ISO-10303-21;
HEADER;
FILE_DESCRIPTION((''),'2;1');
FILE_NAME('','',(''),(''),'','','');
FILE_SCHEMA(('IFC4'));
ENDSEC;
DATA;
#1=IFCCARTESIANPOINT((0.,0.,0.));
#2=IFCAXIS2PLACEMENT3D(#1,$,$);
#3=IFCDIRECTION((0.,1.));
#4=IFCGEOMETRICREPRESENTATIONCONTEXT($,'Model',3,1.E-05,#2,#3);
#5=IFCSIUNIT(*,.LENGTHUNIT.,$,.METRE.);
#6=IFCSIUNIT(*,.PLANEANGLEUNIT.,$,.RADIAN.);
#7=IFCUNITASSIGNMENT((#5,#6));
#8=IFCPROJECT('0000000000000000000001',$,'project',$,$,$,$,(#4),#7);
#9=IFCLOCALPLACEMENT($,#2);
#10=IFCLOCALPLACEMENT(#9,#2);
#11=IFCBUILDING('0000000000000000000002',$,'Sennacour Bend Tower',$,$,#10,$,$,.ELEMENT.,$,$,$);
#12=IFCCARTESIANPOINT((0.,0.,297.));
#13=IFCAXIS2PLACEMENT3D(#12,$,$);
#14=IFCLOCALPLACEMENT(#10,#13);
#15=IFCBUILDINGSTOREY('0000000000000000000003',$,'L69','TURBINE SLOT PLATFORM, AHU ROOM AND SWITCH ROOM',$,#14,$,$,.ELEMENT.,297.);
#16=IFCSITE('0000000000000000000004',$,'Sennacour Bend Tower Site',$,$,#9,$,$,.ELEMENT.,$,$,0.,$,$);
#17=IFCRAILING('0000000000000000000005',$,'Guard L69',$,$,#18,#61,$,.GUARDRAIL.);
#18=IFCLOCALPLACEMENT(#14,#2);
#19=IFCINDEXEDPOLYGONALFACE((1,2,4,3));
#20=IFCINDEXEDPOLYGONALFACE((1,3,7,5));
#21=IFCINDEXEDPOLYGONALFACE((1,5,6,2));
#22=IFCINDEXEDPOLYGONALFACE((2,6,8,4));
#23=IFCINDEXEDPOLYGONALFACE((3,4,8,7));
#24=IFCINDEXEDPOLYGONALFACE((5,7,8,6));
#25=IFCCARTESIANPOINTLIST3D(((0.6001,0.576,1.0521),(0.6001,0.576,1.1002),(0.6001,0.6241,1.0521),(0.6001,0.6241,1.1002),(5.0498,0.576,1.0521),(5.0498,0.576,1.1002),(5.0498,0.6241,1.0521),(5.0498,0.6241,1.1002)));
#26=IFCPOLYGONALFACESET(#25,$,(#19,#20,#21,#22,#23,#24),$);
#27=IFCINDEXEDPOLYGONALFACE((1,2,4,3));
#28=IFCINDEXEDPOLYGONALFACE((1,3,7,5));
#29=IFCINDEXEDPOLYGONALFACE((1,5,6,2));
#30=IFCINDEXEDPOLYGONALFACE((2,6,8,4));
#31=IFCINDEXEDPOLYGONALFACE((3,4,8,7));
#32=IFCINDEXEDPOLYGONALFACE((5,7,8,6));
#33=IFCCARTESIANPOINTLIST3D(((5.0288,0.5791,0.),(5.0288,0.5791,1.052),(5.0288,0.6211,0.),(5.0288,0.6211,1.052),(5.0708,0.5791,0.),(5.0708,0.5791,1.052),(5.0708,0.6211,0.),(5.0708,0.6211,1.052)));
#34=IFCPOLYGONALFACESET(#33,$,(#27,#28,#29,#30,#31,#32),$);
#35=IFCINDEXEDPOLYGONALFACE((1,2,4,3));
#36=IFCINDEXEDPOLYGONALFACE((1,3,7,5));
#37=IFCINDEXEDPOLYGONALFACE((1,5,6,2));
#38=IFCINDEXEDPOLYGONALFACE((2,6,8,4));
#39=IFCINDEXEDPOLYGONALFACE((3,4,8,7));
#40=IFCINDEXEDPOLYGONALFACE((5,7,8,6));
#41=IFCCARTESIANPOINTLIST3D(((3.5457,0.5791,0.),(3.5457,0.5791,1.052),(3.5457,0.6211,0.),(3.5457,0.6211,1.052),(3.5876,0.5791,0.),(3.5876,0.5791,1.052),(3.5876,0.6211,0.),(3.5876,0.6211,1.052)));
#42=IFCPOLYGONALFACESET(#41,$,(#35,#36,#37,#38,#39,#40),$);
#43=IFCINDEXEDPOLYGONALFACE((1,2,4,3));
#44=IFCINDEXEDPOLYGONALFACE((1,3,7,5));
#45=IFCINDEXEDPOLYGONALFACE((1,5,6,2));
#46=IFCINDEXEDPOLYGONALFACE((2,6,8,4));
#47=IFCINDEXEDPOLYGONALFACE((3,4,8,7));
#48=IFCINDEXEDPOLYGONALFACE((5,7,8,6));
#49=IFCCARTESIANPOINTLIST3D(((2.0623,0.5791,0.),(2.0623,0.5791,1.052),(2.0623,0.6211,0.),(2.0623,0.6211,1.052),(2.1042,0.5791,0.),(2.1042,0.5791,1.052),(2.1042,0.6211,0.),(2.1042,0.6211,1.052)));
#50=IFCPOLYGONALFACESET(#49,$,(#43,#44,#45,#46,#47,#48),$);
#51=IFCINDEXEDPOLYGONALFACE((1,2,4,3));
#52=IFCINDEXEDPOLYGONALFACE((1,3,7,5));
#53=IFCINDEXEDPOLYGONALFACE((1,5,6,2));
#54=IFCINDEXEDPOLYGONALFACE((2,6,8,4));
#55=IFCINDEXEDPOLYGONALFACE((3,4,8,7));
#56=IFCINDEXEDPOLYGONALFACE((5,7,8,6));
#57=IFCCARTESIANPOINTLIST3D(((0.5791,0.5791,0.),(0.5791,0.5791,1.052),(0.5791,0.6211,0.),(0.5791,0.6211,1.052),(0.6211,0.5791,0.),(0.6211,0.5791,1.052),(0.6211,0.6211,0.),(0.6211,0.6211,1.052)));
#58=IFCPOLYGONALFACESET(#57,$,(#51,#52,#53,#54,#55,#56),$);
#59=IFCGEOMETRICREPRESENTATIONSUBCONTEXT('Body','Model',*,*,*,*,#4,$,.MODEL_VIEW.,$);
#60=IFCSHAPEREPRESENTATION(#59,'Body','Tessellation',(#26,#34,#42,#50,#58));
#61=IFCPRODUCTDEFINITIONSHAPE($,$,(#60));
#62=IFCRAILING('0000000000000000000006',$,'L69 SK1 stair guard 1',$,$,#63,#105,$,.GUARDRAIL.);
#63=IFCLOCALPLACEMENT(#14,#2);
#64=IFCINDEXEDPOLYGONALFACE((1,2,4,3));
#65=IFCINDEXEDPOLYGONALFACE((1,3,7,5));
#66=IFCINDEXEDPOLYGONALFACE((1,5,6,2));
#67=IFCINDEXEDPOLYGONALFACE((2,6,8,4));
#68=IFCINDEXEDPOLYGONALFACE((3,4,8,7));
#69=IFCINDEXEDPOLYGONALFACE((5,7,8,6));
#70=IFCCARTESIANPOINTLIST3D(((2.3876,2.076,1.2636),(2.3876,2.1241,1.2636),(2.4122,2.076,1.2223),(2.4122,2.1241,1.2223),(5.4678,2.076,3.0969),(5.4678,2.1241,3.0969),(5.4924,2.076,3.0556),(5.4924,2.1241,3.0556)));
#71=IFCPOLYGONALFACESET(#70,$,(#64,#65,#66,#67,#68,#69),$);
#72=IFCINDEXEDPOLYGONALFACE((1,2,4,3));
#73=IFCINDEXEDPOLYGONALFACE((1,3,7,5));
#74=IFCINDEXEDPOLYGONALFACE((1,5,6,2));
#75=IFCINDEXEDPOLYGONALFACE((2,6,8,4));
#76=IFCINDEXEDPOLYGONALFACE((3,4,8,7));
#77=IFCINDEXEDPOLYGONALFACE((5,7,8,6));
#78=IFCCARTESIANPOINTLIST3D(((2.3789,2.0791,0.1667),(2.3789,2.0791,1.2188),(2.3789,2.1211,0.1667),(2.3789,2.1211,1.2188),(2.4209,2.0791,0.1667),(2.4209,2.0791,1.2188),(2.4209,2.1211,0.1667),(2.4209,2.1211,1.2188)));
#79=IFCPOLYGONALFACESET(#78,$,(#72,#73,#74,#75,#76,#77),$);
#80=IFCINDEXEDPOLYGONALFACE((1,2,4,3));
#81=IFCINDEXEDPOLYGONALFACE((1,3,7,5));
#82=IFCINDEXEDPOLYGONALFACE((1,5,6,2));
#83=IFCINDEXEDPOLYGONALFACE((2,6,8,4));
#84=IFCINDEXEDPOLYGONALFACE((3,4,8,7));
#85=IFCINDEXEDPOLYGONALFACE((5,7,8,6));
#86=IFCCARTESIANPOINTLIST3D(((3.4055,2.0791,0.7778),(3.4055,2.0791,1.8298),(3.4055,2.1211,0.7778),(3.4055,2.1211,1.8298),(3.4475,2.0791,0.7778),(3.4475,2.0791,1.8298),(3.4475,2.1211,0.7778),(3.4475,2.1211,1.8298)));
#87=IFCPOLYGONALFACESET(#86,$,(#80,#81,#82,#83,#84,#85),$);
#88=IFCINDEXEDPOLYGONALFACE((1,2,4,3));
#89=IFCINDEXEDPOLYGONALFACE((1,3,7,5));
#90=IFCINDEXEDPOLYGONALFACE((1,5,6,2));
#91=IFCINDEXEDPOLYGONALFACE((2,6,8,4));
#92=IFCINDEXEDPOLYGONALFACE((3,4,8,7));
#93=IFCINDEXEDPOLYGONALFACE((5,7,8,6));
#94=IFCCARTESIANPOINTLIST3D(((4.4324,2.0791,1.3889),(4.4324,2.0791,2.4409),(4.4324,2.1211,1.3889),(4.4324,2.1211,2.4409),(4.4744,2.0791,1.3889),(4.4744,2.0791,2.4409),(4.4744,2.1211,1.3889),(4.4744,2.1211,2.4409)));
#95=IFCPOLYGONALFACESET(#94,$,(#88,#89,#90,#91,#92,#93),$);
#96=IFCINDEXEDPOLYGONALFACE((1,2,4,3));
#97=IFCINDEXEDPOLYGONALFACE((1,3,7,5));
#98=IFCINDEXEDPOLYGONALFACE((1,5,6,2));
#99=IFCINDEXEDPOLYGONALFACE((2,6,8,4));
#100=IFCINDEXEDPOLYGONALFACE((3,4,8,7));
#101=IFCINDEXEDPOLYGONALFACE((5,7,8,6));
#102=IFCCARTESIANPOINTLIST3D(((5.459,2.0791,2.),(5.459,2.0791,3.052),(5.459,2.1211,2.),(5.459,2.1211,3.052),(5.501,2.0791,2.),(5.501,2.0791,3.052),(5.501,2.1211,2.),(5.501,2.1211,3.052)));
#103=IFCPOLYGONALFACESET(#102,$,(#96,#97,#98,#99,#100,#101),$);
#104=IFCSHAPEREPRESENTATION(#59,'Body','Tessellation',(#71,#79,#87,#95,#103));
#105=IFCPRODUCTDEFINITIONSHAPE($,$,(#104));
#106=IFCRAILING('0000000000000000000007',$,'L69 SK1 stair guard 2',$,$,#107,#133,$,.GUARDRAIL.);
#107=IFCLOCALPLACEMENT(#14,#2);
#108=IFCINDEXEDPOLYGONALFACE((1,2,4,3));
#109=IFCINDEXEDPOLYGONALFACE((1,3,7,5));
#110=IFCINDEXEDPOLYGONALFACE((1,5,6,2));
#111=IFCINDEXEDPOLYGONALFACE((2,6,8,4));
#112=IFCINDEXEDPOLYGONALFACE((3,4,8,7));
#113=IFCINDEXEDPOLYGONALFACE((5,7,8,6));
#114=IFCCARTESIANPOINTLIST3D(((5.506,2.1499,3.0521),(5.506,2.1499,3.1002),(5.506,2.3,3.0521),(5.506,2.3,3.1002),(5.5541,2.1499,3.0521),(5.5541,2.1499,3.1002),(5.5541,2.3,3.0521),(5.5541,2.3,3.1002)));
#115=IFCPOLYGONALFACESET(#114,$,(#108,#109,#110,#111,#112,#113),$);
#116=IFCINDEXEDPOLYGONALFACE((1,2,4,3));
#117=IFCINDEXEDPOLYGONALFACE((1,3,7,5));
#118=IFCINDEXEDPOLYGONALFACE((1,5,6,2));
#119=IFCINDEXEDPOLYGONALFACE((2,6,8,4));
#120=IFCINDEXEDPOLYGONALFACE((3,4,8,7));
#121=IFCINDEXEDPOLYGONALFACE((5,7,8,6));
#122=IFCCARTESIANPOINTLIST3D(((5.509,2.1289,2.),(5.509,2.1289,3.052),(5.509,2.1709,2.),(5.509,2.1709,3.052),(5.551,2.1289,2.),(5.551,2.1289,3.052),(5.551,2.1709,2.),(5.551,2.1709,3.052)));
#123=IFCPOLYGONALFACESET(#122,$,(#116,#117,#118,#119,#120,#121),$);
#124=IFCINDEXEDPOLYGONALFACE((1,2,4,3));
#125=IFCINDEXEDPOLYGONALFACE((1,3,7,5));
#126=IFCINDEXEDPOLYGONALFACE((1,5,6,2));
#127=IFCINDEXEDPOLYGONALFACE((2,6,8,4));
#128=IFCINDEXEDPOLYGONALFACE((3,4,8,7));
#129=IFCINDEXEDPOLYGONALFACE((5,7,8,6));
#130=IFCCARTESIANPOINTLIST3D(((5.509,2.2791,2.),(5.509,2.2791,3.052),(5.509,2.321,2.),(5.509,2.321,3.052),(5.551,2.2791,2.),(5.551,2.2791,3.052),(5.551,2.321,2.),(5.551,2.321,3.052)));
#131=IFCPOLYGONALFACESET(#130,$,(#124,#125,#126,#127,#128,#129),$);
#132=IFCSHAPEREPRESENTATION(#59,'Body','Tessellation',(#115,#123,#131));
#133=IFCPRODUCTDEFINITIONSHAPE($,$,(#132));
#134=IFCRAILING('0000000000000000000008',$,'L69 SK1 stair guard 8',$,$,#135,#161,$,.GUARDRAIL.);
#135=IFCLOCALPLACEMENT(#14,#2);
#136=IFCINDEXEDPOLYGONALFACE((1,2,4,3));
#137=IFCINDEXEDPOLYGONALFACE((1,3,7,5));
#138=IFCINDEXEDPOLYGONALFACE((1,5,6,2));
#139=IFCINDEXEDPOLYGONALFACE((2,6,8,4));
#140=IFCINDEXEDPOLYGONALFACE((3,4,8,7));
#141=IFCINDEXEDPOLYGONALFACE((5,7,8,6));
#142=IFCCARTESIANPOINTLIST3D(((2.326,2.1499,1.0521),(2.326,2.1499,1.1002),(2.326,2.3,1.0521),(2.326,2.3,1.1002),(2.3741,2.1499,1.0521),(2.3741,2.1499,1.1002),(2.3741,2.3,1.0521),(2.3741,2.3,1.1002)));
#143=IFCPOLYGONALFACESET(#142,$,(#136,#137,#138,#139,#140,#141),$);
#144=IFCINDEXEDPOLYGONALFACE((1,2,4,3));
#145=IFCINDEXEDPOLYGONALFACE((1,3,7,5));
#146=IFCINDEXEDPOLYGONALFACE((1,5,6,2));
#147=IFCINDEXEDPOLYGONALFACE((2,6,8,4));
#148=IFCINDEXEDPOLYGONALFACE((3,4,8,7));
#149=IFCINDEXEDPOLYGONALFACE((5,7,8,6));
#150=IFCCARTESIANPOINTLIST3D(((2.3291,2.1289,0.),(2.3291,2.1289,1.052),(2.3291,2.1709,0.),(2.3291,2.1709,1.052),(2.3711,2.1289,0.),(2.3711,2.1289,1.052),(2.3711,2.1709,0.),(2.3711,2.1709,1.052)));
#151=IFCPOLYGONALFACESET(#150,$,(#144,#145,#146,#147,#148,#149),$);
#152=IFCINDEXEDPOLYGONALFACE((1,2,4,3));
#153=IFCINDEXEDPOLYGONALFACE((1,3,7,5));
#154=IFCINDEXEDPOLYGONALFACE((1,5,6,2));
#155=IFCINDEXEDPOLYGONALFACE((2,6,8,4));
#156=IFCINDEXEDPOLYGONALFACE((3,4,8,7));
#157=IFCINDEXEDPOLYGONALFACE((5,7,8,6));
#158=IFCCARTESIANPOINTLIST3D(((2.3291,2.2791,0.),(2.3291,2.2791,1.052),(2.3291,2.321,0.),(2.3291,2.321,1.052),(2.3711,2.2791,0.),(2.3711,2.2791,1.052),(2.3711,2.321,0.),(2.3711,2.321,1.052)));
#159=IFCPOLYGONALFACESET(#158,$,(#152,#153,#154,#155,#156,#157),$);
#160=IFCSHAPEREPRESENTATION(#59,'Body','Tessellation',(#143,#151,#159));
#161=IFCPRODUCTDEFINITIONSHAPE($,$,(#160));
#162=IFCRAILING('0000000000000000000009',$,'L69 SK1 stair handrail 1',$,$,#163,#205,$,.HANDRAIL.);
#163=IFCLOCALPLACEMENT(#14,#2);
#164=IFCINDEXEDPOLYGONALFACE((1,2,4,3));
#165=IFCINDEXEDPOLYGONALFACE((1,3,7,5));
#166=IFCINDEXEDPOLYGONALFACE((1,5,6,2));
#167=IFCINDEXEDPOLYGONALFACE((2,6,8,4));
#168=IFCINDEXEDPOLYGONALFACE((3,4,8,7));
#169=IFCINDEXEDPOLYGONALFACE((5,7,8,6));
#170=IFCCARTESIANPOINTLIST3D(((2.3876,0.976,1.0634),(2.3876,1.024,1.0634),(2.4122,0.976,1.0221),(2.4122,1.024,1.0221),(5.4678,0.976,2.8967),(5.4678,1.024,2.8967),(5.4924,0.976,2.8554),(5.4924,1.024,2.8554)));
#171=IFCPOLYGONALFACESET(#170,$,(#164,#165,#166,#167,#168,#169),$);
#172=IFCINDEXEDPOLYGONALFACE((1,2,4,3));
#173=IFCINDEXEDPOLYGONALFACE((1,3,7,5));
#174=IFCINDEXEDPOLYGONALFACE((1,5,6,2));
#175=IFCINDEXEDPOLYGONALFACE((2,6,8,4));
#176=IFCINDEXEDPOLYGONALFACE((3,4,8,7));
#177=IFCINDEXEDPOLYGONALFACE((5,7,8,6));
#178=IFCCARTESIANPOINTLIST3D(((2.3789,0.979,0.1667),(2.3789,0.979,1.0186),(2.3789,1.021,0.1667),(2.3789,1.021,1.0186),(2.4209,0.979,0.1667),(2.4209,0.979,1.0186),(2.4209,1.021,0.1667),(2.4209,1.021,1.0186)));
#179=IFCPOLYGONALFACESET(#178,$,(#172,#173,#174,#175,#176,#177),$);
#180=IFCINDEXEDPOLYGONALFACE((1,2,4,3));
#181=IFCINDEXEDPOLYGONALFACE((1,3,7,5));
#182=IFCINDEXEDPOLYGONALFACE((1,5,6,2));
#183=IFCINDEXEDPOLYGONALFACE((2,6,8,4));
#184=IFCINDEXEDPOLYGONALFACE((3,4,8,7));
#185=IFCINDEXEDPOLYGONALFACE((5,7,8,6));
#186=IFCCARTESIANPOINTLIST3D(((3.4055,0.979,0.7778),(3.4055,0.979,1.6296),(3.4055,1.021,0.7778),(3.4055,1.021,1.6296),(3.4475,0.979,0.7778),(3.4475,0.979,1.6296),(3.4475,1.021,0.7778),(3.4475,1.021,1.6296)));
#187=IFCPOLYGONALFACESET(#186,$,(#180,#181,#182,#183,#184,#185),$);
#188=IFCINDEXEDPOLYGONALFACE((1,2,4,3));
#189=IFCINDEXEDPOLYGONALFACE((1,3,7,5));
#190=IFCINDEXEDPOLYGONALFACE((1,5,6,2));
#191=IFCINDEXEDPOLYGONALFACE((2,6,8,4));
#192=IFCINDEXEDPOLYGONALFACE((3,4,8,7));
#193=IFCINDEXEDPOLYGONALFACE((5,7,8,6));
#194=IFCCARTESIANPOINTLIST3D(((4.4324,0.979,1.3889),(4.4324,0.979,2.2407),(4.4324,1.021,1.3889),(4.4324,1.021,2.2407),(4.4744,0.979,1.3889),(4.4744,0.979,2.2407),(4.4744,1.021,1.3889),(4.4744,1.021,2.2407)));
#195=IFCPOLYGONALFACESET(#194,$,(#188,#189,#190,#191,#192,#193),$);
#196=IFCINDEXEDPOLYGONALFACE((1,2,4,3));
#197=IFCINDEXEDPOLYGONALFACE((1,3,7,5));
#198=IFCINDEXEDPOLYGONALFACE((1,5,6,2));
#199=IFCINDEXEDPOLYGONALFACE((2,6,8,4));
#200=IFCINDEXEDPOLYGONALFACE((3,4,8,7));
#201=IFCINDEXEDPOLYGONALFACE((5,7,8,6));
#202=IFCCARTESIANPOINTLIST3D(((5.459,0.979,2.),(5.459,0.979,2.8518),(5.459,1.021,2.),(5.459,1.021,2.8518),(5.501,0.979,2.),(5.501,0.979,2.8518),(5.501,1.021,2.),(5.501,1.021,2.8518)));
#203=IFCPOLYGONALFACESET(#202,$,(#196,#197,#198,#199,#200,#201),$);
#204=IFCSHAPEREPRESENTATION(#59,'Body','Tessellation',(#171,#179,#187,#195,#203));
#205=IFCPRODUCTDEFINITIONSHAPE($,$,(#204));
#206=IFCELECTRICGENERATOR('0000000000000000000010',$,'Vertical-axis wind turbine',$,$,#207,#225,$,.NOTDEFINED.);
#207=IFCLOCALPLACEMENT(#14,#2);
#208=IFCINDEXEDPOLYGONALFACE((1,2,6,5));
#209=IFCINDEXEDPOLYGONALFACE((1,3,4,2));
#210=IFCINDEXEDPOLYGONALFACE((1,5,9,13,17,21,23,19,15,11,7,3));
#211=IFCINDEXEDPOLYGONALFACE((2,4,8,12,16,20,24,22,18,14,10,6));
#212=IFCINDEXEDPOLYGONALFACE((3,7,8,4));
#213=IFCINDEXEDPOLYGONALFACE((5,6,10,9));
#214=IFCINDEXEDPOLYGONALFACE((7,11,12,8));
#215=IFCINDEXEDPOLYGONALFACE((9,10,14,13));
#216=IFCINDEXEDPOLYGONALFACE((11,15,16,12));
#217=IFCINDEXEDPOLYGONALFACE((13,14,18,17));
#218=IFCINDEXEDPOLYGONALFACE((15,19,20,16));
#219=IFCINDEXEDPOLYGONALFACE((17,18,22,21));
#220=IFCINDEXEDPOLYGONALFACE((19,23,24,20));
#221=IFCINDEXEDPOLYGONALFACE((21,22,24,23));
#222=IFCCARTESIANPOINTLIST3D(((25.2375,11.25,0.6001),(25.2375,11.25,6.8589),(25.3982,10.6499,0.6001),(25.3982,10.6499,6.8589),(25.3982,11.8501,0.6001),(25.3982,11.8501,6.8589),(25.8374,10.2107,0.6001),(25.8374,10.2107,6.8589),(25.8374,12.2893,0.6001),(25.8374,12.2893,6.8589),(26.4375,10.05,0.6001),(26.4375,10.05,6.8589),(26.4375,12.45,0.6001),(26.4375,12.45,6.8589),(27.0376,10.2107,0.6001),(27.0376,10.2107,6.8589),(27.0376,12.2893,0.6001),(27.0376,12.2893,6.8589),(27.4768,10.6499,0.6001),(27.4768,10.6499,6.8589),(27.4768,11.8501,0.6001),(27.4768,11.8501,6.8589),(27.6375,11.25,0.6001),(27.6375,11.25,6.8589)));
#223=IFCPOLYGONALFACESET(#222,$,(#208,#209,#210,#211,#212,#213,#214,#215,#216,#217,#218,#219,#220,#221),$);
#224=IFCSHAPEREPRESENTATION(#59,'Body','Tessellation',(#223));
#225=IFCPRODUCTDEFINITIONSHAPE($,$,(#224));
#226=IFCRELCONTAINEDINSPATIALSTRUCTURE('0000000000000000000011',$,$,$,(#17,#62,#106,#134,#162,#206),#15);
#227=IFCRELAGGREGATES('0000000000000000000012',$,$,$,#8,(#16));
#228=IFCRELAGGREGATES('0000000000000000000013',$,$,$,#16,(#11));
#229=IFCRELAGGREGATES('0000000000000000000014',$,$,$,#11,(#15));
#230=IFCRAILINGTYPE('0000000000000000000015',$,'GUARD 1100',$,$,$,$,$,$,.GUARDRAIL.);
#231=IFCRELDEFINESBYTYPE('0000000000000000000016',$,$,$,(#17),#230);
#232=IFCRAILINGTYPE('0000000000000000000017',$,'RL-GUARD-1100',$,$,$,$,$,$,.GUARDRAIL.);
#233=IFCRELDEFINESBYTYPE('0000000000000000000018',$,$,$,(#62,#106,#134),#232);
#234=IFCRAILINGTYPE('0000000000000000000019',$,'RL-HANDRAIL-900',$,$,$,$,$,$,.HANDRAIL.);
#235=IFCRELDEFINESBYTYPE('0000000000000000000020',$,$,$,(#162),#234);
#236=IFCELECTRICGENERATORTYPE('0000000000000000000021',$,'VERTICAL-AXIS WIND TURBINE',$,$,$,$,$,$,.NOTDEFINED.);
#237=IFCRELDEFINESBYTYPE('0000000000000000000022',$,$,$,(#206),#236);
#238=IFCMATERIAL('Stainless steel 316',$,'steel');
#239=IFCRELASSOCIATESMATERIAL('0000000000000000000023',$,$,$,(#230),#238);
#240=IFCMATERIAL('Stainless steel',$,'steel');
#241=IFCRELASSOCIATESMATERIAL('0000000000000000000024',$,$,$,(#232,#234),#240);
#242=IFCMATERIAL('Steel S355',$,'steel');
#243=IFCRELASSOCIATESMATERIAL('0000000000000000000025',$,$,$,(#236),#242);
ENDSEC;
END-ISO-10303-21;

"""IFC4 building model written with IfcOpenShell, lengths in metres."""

from ifc_helpers import new_model, si_unit, direction, frame, origin, origin_2d, place, context, subcontext, project, spatial, polyline, rectangle, outline, extrude, material, type_object, element, save


model = new_model("IFC4")

# Units and contexts
model_context = context("Model", 3, precision=1e-05, world=origin(), true_north=direction((0.0, 1.0)))
body_context = subcontext(model_context, "Body", "Model", "MODEL_VIEW")
ifc_project = project(units=[si_unit("LENGTHUNIT", "METRE"), si_unit("PLANEANGLEUNIT", "RADIAN")], contexts=[model_context])

# Site, building, storey
site_placement = place(None, origin())
site = spatial("IfcSite", under=ifc_project, at=site_placement, Name="Sennacour Bend Tower Site", CompositionType="ELEMENT", RefElevation=0.0)
building_placement = place(site_placement, origin())
building = spatial("IfcBuilding", under=site, at=building_placement, Name="Sennacour Bend Tower", CompositionType="ELEMENT")
storey_placement = place(building_placement, frame((0.0, 0.0, 297.0)))
storey = spatial("IfcBuildingStorey", under=building, at=storey_placement, Name="L69", Description="TURBINE SLOT PLATFORM, AHU ROOM AND SWITCH ROOM", CompositionType="ELEMENT", Elevation=297.0)

# Railings
ifc_material_1 = material(Name="Stainless steel 316", Category="steel")
railing_type_1 = type_object("IfcRailingType", Name="GUARD 1100", PredefinedType="GUARDRAIL", material=ifc_material_1)
railing_1_placement = place(storey_placement, frame((5.0498, 0.6001, 0.0)))
element("IfcRailing", 1, at=railing_1_placement, inside=storey, type_object=railing_type_1, Name="Guard L69", PredefinedType="GUARDRAIL", context=body_context, shape_type="SweptSolid", body=[
    extrude(rectangle(XDim=0.0481, YDim=0.0481, at=origin_2d()), frame((0.0, 0.0, 1.0762), z_axis=(-1.0, 0.0, 0.0), x_axis=(0.0, -1.0, 0.0)), (0.0, 0.0, 1.0), 4.4497),
    extrude(rectangle(XDim=0.042, YDim=0.042, at=origin_2d()), origin(), (0.0, 0.0, 1.0), 1.052),
    extrude(rectangle(XDim=0.042, YDim=0.042, at=origin_2d()), frame((-1.4832, 0.0, 0.0)), (0.0, 0.0, 1.0), 1.052),
    extrude(rectangle(XDim=0.042, YDim=0.042, at=origin_2d()), frame((-2.9666, 0.0, 0.0)), (0.0, 0.0, 1.0), 1.052),
    extrude(rectangle(XDim=0.042, YDim=0.042, at=origin_2d()), frame((-4.4497, 0.0, 0.0)), (0.0, 0.0, 1.0), 1.052),
])
ifc_material_2 = material(Name="Stainless steel", Category="steel")
railing_type_2 = type_object("IfcRailingType", Name="RL-GUARD-1100", PredefinedType="GUARDRAIL", material=ifc_material_2)
railing_2_placement = place(storey_placement, frame((2.3999, 2.1001, 0.1667)))
element("IfcRailing", 2, at=railing_2_placement, inside=storey, type_object=railing_type_2, Name="L69 SK1 stair guard 1", PredefinedType="GUARDRAIL", context=body_context, shape_type="SweptSolid", body=[
    extrude(rectangle(XDim=0.0481, YDim=0.0481, at=origin_2d()), frame((0.0, 0.0, 1.0762), z_axis=(0.859309, 0.0, 0.511458), x_axis=(0.0, 1.0, 0.0)), (0.0, 0.0, 1.0), 3.5845),
    extrude(rectangle(XDim=0.042, YDim=0.042, at=origin_2d()), origin(), (0.0, 0.0, 1.0), 1.052),
    extrude(rectangle(XDim=0.042, YDim=0.042, at=origin_2d()), frame((1.0266, 0.0, 0.6111)), (0.0, 0.0, 1.0), 1.052),
    extrude(rectangle(XDim=0.042, YDim=0.042, at=origin_2d()), frame((2.0535, 0.0, 1.2222)), (0.0, 0.0, 1.0), 1.052),
    extrude(rectangle(XDim=0.042, YDim=0.042, at=origin_2d()), frame((3.0801, 0.0, 1.8333)), (0.0, 0.0, 1.0), 1.052),
])
for number, where, name in (
    (3, (5.53, 2.1499, 2.0), "L69 SK1 stair guard 2"),
    (4, (2.3501, 2.1499, 0.0), "L69 SK1 stair guard 8"),
):
    element("IfcRailing", number, at=place(storey_placement, frame(where)), inside=storey, type_object=railing_type_2, Name=name, PredefinedType="GUARDRAIL", context=body_context, shape_type="SweptSolid", body=[
        extrude(rectangle(XDim=0.0481, YDim=0.0481, at=origin_2d()), frame((0.0, 0.0, 1.0762), z_axis=(0.0, 1.0, 0.0), x_axis=(-1.0, 0.0, 0.0)), (0.0, 0.0, 1.0), 0.1501),
        extrude(rectangle(XDim=0.042, YDim=0.042, at=origin_2d()), origin(), (0.0, 0.0, 1.0), 1.052),
        extrude(rectangle(XDim=0.042, YDim=0.042, at=origin_2d()), frame((0.0, 0.1501, 0.0)), (0.0, 0.0, 1.0), 1.052),
    ])
railing_type_3 = type_object("IfcRailingType", Name="RL-HANDRAIL-900", PredefinedType="HANDRAIL", material=ifc_material_2)
railing_3_placement = place(storey_placement, frame((2.3999, 1.0, 0.1667)))
element("IfcRailing", 5, at=railing_3_placement, inside=storey, type_object=railing_type_3, Name="L69 SK1 stair handrail 1", PredefinedType="HANDRAIL", context=body_context, shape_type="SweptSolid", body=[
    extrude(rectangle(XDim=0.0481, YDim=0.0481, at=origin_2d()), frame((0.0, 0.0, 0.876), z_axis=(0.859309, 0.0, 0.511458), x_axis=(0.0, 1.0, 0.0)), (0.0, 0.0, 1.0), 3.5845),
    extrude(rectangle(XDim=0.042, YDim=0.042, at=origin_2d()), origin(), (0.0, 0.0, 1.0), 0.8518),
    extrude(rectangle(XDim=0.042, YDim=0.042, at=origin_2d()), frame((1.0266, 0.0, 0.6111)), (0.0, 0.0, 1.0), 0.8518),
    extrude(rectangle(XDim=0.042, YDim=0.042, at=origin_2d()), frame((2.0535, 0.0, 1.2222)), (0.0, 0.0, 1.0), 0.8518),
    extrude(rectangle(XDim=0.042, YDim=0.042, at=origin_2d()), frame((3.0801, 0.0, 1.8333)), (0.0, 0.0, 1.0), 0.8518),
])

# Electric generator
ifc_material_3 = material(Name="Steel S355", Category="steel")
electric_generator_type = type_object("IfcElectricGeneratorType", Name="VERTICAL-AXIS WIND TURBINE", PredefinedType="NOTDEFINED", material=ifc_material_3)
electric_generator_1_placement = place(storey_placement, frame((0.0, 0.0, 0.6001)))
element("IfcElectricGenerator", 6, at=electric_generator_1_placement, inside=storey, type_object=electric_generator_type, Name="Vertical-axis wind turbine", PredefinedType="NOTDEFINED", context=body_context, shape_type="SweptSolid", body=[
    extrude(outline(polyline([(27.6375, 11.25), (27.4768, 11.8501), (27.0376, 12.2893), (26.4375, 12.45), (25.8374, 12.2893), (25.3982, 11.8501), (25.2375, 11.25), (25.3982, 10.6499), (25.8374, 10.2107), (26.4375, 10.05), (27.0376, 10.2107), (27.4768, 10.6499), (27.6375, 11.25)])), origin(), (0.0, 0.0, 1.0), 6.2588),
])

save(model, "model.ifc")
